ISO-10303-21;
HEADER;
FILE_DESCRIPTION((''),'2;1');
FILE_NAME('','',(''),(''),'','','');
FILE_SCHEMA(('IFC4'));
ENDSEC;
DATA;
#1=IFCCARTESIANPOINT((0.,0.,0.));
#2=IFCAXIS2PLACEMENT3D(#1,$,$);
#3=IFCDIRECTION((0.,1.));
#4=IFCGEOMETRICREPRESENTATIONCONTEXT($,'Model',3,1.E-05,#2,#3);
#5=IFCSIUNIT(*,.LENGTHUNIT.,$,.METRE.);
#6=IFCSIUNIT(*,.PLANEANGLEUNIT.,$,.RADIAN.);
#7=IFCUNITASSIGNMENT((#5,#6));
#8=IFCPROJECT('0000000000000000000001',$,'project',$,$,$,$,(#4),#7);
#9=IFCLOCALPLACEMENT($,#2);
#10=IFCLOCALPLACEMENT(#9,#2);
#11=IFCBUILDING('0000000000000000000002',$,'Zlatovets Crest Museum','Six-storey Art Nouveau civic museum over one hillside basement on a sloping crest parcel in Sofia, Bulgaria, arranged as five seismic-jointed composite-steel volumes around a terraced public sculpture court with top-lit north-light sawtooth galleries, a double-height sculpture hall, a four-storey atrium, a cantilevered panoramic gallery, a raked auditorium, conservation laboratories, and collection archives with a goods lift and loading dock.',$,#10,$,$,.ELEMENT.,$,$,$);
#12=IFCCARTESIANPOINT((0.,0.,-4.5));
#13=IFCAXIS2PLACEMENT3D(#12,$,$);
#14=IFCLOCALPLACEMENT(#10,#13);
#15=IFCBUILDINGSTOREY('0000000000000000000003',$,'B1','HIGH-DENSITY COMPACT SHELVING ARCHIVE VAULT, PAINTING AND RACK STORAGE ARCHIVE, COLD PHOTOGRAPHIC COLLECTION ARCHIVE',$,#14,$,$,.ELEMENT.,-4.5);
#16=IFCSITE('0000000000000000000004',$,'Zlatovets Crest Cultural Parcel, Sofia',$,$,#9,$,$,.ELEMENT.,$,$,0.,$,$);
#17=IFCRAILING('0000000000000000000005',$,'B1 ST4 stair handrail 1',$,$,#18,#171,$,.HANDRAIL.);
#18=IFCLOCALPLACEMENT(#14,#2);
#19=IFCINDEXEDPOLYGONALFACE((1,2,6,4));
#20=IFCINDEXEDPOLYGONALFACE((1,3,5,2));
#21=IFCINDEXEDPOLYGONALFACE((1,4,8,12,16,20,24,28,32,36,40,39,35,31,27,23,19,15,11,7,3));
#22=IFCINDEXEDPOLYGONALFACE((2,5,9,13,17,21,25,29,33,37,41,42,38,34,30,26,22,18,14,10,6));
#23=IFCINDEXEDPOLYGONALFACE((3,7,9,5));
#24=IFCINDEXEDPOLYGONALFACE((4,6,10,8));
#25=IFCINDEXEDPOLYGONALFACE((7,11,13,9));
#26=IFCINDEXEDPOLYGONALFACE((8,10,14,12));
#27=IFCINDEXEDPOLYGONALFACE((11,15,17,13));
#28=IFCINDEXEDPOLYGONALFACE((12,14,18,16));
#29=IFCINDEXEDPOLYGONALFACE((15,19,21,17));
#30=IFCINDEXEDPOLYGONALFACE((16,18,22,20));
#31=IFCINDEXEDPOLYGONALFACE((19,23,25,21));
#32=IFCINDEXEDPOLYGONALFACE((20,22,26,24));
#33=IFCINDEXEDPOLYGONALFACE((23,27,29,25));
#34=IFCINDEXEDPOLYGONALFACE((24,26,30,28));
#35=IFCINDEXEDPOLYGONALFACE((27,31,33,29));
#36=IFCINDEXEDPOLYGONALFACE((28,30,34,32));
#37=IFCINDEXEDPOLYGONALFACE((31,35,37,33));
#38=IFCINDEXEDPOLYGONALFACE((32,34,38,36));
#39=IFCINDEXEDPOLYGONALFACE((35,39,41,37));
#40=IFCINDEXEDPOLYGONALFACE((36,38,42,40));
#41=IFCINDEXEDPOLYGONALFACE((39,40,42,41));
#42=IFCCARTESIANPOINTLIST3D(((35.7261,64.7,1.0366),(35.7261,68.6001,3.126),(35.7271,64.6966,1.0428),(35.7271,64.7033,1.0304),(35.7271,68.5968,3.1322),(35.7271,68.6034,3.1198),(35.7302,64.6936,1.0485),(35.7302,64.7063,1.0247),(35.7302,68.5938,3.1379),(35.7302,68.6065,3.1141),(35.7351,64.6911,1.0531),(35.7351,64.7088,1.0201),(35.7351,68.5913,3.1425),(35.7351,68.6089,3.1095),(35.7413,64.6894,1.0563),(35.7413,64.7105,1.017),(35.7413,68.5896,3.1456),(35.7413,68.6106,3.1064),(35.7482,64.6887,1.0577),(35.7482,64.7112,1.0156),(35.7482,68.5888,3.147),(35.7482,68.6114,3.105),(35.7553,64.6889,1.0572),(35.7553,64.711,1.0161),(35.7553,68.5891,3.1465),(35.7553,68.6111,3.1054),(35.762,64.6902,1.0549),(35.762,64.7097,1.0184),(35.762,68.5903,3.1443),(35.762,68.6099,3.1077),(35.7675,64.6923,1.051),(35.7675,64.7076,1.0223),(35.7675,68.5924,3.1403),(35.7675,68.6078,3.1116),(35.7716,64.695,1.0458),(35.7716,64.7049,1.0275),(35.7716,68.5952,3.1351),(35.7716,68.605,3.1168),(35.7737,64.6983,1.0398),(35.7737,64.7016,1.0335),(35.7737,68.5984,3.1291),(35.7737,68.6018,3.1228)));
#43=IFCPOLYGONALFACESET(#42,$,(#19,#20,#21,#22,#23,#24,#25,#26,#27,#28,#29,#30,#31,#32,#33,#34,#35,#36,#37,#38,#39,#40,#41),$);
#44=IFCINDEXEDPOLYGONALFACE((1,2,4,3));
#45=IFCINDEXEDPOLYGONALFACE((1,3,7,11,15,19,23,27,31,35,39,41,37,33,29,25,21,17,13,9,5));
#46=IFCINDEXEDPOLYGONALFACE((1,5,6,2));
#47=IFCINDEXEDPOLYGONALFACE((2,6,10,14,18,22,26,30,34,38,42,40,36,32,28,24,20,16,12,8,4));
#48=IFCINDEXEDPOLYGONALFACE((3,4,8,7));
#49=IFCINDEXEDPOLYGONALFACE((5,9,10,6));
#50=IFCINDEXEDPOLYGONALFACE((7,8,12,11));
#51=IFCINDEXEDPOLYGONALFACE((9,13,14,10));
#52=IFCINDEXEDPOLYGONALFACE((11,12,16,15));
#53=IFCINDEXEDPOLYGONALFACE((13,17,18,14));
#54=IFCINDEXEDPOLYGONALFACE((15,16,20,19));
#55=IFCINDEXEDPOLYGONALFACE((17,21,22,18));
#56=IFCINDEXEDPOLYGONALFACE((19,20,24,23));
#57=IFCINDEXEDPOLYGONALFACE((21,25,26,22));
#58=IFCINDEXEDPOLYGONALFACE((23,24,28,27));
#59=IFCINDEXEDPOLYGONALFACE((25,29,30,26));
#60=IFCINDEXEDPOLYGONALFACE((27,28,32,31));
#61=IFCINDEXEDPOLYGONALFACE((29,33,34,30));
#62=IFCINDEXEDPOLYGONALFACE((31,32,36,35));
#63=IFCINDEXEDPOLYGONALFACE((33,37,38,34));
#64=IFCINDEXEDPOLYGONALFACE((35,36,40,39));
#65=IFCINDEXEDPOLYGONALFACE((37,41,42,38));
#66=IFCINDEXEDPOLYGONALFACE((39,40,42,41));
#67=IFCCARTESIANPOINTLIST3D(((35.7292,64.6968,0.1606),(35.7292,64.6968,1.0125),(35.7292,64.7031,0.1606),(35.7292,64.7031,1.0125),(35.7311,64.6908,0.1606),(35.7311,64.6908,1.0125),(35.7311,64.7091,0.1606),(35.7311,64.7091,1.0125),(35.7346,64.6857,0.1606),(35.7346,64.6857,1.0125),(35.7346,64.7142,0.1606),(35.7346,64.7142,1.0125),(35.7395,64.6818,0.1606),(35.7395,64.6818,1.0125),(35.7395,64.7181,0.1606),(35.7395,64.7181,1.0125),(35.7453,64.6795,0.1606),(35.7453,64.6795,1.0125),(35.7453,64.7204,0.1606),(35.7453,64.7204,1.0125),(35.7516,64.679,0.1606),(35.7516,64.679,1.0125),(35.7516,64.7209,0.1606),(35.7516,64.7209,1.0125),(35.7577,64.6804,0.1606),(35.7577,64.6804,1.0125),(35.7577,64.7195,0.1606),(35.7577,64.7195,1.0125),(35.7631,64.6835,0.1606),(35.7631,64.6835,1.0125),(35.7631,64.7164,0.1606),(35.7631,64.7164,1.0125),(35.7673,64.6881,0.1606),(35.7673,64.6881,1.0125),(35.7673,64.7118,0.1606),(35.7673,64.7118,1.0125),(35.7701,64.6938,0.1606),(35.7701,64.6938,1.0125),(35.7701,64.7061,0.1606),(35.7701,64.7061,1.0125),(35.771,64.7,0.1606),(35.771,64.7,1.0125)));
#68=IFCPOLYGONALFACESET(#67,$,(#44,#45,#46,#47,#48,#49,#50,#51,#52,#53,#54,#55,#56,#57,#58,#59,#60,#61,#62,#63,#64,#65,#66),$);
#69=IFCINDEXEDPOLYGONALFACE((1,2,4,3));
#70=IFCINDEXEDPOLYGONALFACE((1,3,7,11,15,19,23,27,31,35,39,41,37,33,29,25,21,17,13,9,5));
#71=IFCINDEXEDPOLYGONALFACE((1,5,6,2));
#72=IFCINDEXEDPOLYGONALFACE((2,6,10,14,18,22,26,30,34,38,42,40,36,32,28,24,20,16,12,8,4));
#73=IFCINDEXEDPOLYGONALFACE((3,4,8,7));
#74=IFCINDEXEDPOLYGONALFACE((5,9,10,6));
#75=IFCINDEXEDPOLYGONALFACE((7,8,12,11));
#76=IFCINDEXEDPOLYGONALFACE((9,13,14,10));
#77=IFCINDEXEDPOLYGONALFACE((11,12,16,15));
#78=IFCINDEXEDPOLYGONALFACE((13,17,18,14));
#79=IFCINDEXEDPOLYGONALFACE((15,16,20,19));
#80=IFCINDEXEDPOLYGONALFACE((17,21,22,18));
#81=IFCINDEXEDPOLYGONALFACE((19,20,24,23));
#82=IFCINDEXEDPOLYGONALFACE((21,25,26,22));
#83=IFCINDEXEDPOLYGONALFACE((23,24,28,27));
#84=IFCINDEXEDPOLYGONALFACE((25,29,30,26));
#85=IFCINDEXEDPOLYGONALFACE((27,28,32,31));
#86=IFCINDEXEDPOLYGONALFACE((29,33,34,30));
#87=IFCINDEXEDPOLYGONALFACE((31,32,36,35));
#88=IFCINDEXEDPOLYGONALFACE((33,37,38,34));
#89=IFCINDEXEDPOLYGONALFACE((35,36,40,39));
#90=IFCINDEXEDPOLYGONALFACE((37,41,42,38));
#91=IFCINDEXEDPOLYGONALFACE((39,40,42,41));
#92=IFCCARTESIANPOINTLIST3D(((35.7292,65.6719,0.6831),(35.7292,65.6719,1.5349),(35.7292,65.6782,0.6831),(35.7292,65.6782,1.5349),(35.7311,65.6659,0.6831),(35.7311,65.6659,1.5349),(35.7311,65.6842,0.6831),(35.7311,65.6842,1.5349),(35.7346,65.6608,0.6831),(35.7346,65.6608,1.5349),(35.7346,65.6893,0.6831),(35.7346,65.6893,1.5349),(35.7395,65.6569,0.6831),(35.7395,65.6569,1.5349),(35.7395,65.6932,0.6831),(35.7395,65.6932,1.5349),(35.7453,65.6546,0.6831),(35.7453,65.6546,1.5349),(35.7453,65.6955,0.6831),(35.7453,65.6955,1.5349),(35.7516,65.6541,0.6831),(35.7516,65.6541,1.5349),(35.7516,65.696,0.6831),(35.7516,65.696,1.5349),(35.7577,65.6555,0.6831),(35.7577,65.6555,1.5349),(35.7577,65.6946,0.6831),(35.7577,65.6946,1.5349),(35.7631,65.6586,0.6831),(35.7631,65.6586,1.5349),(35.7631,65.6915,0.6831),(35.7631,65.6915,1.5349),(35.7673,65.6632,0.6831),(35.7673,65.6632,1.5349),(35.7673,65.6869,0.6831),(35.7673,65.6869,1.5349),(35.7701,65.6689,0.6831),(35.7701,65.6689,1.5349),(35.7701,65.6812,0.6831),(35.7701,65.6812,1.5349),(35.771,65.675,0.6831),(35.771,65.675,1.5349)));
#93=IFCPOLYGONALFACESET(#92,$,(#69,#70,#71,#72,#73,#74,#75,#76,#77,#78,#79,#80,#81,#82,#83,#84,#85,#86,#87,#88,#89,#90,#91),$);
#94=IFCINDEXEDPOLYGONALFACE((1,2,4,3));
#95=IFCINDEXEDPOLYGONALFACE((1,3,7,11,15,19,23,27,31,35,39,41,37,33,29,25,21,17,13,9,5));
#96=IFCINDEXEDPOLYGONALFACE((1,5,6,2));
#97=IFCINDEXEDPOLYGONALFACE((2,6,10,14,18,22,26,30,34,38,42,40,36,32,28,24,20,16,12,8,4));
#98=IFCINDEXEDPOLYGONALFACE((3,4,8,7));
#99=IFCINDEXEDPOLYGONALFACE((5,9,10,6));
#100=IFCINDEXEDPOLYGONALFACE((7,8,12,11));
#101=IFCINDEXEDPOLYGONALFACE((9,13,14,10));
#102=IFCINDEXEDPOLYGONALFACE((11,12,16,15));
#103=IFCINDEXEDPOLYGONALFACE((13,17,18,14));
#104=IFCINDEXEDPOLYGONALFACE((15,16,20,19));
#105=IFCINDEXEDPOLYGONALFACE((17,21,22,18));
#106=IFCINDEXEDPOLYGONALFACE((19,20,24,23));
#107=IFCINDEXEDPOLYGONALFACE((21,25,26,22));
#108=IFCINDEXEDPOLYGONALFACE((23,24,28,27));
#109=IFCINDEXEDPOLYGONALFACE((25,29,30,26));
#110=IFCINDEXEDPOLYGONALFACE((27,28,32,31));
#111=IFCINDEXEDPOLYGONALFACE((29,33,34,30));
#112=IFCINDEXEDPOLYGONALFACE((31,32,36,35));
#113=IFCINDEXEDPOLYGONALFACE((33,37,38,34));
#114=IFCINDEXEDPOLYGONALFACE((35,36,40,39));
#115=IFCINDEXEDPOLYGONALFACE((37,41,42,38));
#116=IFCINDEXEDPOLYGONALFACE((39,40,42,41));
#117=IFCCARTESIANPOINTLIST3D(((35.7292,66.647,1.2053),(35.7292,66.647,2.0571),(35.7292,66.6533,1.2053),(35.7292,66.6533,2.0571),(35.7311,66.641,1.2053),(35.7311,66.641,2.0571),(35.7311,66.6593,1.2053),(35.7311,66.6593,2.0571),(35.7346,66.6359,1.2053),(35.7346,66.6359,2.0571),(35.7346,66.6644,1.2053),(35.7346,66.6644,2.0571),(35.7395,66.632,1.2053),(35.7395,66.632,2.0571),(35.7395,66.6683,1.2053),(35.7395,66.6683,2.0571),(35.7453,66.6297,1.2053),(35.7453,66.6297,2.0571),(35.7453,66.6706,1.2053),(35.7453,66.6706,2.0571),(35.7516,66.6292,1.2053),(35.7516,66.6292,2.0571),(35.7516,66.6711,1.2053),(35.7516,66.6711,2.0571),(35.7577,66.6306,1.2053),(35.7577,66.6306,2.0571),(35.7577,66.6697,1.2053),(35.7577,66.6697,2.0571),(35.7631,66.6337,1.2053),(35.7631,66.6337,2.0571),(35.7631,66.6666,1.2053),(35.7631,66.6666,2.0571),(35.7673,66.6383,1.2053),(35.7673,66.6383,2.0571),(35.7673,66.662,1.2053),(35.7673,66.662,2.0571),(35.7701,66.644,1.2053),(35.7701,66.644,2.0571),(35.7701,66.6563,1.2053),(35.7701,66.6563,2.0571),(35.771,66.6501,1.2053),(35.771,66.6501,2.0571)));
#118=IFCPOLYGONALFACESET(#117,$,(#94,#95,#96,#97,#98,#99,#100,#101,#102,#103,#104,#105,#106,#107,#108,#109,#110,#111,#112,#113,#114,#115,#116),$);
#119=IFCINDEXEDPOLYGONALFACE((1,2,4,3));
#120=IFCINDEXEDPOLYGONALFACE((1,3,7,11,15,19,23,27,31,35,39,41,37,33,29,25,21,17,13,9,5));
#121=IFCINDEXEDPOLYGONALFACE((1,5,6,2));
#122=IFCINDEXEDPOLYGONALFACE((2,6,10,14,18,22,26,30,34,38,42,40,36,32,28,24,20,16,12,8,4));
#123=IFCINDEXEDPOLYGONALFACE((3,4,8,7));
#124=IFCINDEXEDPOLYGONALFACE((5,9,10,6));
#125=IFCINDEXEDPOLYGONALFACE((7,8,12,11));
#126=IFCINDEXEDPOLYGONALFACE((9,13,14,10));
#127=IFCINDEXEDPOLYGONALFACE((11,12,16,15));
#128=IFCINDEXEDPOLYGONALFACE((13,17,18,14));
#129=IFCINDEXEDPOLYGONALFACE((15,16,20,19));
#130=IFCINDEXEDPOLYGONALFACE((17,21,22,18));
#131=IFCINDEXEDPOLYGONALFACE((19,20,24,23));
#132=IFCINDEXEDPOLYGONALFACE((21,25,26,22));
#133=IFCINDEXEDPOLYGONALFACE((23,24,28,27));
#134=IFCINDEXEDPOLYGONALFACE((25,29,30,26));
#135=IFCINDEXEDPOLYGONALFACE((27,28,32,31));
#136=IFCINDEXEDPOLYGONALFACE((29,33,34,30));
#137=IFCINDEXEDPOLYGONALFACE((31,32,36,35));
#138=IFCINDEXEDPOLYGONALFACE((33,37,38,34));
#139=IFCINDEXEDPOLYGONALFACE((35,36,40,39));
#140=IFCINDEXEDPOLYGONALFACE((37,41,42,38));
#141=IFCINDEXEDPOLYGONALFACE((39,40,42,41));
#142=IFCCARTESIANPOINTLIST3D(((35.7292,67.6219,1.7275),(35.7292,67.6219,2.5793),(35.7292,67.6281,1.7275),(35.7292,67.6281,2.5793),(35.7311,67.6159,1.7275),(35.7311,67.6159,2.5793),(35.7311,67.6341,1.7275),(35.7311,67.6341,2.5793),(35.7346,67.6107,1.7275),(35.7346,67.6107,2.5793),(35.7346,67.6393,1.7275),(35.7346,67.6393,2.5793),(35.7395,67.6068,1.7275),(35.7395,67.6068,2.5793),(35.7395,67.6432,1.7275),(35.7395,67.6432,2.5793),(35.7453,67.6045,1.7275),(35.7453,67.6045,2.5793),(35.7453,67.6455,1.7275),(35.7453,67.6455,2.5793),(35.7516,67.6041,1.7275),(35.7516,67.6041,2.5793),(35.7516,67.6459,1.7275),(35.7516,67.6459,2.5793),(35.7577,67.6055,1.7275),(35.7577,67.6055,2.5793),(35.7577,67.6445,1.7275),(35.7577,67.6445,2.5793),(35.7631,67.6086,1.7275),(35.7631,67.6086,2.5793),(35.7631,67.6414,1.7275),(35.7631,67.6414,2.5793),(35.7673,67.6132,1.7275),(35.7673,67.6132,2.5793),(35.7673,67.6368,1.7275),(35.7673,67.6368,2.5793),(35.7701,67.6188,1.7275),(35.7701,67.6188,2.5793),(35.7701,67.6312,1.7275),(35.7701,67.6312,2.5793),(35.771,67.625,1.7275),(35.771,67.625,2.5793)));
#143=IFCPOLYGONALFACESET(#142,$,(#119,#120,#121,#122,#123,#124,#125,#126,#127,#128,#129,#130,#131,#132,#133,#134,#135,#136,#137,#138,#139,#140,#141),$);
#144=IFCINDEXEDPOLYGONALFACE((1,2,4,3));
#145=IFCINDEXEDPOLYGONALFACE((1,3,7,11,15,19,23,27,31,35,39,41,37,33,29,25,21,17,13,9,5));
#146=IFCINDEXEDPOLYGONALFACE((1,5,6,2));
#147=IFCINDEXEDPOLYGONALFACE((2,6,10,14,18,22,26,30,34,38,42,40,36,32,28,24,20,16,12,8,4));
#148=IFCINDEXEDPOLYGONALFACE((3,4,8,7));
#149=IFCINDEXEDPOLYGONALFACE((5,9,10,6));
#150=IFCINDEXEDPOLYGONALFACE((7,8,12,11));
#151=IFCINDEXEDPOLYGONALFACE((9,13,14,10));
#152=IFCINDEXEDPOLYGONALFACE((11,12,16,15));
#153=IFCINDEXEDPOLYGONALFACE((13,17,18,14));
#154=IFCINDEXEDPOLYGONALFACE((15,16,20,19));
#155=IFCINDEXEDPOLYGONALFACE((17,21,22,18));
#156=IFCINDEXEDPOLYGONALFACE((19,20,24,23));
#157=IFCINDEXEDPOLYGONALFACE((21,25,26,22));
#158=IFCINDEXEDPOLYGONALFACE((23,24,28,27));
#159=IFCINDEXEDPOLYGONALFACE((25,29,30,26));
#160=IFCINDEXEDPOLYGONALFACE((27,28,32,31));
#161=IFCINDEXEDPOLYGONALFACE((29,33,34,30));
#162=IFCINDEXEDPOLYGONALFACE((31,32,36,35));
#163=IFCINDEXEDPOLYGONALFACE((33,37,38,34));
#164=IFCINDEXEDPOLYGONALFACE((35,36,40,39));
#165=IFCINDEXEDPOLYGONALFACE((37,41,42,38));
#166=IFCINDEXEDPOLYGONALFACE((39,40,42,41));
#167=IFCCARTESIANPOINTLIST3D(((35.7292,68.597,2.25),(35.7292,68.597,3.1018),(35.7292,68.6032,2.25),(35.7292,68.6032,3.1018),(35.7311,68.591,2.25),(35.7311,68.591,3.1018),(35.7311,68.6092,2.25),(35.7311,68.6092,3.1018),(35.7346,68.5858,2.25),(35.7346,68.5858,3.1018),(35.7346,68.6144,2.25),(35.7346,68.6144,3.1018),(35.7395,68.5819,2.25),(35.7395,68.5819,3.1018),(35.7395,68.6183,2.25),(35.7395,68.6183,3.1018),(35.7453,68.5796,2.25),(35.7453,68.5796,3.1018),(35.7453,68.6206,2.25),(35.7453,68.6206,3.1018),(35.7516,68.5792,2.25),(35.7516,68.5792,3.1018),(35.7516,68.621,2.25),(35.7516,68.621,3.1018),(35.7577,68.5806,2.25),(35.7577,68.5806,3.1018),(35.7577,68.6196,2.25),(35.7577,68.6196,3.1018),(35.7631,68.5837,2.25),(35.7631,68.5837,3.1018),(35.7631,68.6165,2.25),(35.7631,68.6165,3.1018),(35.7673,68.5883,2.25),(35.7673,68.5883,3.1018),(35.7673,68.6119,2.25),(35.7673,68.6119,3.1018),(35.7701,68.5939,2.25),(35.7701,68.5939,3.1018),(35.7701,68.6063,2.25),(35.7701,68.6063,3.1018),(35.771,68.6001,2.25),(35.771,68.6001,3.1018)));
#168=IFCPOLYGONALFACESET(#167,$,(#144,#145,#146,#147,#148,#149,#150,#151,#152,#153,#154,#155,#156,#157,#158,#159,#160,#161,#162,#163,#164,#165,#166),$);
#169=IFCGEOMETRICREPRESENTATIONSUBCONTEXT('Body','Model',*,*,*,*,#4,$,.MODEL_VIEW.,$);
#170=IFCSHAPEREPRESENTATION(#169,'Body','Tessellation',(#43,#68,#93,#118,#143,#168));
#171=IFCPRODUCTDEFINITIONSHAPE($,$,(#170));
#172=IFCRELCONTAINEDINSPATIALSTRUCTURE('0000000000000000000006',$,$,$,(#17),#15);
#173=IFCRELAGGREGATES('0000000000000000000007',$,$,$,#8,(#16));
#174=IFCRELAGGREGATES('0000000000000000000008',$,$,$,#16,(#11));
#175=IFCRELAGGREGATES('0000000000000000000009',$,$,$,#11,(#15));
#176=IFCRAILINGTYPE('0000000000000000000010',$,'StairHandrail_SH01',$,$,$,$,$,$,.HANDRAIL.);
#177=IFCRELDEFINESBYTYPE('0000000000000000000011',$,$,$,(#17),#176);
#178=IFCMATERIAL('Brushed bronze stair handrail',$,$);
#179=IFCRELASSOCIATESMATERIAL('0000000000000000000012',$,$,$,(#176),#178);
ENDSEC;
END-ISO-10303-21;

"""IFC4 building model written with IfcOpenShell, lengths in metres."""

from ifc_helpers import new_model, si_unit, direction, frame, origin, origin_2d, place, context, subcontext, project, spatial, circle, extrude, material, type_object, element, save


model = new_model("IFC4")

# Units and contexts
model_context = context("Model", 3, precision=1e-05, world=origin(), true_north=direction((0.0, 1.0)))
body_context = subcontext(model_context, "Body", "Model", "MODEL_VIEW")
ifc_project = project(units=[si_unit("LENGTHUNIT", "METRE"), si_unit("PLANEANGLEUNIT", "RADIAN")], contexts=[model_context])

# Site, building, storey
site_placement = place(None, origin())
site = spatial("IfcSite", under=ifc_project, at=site_placement, Name="Zlatovets Crest Cultural Parcel, Sofia", CompositionType="ELEMENT", RefElevation=0.0)
building_placement = place(site_placement, origin())
building = spatial("IfcBuilding", under=site, at=building_placement, Name="Zlatovets Crest Museum", Description="Six-storey Art Nouveau civic museum over one hillside basement on a sloping crest parcel in Sofia, Bulgaria, arranged as five seismic-jointed composite-steel volumes around a terraced public sculpture court with top-lit north-light sawtooth galleries, a double-height sculpture hall, a four-storey atrium, a cantilevered panoramic gallery, a raked auditorium, conservation laboratories, and collection archives with a goods lift and loading dock.", CompositionType="ELEMENT")
storey_placement = place(building_placement, frame((0.0, 0.0, -4.5)))
storey = spatial("IfcBuildingStorey", under=building, at=storey_placement, Name="B1", Description="HIGH-DENSITY COMPACT SHELVING ARCHIVE VAULT, PAINTING AND RACK STORAGE ARCHIVE, COLD PHOTOGRAPHIC COLLECTION ARCHIVE", CompositionType="ELEMENT", Elevation=-4.5)

# Railing
ifc_material_1 = material(Name="Brushed bronze stair handrail")
railing_type_1 = type_object("IfcRailingType", Name="StairHandrail_SH01", PredefinedType="HANDRAIL", material=ifc_material_1)
railing_1_placement = place(storey_placement, frame((35.75, 64.7, 0.1606)))
element("IfcRailing", 1, at=railing_1_placement, inside=storey, type_object=railing_type_1, Name="B1 ST4 stair handrail 1", PredefinedType="HANDRAIL", context=body_context, shape_type="SweptSolid", body=[
    extrude(circle(Radius=0.0239, at=origin_2d()), frame((0.0, 0.0, 0.876), z_axis=(0.0, 0.881481, 0.47222), x_axis=(-1.0, 0.0, 0.0)), (0.0, 0.0, 1.0), 4.4246),
    extrude(circle(Radius=0.021, at=origin_2d()), origin(), (0.0, 0.0, 1.0), 0.8518),
    extrude(circle(Radius=0.021, at=origin_2d()), frame((0.0, 0.9751, 0.5225)), (0.0, 0.0, 1.0), 0.8518),
    extrude(circle(Radius=0.021, at=origin_2d()), frame((0.0, 1.9502, 1.0447)), (0.0, 0.0, 1.0), 0.8518),
    extrude(circle(Radius=0.021, at=origin_2d()), frame((0.0, 2.925, 1.5669)), (0.0, 0.0, 1.0), 0.8518),
    extrude(circle(Radius=0.021, at=origin_2d()), frame((0.0, 3.9001, 2.0894)), (0.0, 0.0, 1.0), 0.8518),
])

save(model, "model.ifc")
